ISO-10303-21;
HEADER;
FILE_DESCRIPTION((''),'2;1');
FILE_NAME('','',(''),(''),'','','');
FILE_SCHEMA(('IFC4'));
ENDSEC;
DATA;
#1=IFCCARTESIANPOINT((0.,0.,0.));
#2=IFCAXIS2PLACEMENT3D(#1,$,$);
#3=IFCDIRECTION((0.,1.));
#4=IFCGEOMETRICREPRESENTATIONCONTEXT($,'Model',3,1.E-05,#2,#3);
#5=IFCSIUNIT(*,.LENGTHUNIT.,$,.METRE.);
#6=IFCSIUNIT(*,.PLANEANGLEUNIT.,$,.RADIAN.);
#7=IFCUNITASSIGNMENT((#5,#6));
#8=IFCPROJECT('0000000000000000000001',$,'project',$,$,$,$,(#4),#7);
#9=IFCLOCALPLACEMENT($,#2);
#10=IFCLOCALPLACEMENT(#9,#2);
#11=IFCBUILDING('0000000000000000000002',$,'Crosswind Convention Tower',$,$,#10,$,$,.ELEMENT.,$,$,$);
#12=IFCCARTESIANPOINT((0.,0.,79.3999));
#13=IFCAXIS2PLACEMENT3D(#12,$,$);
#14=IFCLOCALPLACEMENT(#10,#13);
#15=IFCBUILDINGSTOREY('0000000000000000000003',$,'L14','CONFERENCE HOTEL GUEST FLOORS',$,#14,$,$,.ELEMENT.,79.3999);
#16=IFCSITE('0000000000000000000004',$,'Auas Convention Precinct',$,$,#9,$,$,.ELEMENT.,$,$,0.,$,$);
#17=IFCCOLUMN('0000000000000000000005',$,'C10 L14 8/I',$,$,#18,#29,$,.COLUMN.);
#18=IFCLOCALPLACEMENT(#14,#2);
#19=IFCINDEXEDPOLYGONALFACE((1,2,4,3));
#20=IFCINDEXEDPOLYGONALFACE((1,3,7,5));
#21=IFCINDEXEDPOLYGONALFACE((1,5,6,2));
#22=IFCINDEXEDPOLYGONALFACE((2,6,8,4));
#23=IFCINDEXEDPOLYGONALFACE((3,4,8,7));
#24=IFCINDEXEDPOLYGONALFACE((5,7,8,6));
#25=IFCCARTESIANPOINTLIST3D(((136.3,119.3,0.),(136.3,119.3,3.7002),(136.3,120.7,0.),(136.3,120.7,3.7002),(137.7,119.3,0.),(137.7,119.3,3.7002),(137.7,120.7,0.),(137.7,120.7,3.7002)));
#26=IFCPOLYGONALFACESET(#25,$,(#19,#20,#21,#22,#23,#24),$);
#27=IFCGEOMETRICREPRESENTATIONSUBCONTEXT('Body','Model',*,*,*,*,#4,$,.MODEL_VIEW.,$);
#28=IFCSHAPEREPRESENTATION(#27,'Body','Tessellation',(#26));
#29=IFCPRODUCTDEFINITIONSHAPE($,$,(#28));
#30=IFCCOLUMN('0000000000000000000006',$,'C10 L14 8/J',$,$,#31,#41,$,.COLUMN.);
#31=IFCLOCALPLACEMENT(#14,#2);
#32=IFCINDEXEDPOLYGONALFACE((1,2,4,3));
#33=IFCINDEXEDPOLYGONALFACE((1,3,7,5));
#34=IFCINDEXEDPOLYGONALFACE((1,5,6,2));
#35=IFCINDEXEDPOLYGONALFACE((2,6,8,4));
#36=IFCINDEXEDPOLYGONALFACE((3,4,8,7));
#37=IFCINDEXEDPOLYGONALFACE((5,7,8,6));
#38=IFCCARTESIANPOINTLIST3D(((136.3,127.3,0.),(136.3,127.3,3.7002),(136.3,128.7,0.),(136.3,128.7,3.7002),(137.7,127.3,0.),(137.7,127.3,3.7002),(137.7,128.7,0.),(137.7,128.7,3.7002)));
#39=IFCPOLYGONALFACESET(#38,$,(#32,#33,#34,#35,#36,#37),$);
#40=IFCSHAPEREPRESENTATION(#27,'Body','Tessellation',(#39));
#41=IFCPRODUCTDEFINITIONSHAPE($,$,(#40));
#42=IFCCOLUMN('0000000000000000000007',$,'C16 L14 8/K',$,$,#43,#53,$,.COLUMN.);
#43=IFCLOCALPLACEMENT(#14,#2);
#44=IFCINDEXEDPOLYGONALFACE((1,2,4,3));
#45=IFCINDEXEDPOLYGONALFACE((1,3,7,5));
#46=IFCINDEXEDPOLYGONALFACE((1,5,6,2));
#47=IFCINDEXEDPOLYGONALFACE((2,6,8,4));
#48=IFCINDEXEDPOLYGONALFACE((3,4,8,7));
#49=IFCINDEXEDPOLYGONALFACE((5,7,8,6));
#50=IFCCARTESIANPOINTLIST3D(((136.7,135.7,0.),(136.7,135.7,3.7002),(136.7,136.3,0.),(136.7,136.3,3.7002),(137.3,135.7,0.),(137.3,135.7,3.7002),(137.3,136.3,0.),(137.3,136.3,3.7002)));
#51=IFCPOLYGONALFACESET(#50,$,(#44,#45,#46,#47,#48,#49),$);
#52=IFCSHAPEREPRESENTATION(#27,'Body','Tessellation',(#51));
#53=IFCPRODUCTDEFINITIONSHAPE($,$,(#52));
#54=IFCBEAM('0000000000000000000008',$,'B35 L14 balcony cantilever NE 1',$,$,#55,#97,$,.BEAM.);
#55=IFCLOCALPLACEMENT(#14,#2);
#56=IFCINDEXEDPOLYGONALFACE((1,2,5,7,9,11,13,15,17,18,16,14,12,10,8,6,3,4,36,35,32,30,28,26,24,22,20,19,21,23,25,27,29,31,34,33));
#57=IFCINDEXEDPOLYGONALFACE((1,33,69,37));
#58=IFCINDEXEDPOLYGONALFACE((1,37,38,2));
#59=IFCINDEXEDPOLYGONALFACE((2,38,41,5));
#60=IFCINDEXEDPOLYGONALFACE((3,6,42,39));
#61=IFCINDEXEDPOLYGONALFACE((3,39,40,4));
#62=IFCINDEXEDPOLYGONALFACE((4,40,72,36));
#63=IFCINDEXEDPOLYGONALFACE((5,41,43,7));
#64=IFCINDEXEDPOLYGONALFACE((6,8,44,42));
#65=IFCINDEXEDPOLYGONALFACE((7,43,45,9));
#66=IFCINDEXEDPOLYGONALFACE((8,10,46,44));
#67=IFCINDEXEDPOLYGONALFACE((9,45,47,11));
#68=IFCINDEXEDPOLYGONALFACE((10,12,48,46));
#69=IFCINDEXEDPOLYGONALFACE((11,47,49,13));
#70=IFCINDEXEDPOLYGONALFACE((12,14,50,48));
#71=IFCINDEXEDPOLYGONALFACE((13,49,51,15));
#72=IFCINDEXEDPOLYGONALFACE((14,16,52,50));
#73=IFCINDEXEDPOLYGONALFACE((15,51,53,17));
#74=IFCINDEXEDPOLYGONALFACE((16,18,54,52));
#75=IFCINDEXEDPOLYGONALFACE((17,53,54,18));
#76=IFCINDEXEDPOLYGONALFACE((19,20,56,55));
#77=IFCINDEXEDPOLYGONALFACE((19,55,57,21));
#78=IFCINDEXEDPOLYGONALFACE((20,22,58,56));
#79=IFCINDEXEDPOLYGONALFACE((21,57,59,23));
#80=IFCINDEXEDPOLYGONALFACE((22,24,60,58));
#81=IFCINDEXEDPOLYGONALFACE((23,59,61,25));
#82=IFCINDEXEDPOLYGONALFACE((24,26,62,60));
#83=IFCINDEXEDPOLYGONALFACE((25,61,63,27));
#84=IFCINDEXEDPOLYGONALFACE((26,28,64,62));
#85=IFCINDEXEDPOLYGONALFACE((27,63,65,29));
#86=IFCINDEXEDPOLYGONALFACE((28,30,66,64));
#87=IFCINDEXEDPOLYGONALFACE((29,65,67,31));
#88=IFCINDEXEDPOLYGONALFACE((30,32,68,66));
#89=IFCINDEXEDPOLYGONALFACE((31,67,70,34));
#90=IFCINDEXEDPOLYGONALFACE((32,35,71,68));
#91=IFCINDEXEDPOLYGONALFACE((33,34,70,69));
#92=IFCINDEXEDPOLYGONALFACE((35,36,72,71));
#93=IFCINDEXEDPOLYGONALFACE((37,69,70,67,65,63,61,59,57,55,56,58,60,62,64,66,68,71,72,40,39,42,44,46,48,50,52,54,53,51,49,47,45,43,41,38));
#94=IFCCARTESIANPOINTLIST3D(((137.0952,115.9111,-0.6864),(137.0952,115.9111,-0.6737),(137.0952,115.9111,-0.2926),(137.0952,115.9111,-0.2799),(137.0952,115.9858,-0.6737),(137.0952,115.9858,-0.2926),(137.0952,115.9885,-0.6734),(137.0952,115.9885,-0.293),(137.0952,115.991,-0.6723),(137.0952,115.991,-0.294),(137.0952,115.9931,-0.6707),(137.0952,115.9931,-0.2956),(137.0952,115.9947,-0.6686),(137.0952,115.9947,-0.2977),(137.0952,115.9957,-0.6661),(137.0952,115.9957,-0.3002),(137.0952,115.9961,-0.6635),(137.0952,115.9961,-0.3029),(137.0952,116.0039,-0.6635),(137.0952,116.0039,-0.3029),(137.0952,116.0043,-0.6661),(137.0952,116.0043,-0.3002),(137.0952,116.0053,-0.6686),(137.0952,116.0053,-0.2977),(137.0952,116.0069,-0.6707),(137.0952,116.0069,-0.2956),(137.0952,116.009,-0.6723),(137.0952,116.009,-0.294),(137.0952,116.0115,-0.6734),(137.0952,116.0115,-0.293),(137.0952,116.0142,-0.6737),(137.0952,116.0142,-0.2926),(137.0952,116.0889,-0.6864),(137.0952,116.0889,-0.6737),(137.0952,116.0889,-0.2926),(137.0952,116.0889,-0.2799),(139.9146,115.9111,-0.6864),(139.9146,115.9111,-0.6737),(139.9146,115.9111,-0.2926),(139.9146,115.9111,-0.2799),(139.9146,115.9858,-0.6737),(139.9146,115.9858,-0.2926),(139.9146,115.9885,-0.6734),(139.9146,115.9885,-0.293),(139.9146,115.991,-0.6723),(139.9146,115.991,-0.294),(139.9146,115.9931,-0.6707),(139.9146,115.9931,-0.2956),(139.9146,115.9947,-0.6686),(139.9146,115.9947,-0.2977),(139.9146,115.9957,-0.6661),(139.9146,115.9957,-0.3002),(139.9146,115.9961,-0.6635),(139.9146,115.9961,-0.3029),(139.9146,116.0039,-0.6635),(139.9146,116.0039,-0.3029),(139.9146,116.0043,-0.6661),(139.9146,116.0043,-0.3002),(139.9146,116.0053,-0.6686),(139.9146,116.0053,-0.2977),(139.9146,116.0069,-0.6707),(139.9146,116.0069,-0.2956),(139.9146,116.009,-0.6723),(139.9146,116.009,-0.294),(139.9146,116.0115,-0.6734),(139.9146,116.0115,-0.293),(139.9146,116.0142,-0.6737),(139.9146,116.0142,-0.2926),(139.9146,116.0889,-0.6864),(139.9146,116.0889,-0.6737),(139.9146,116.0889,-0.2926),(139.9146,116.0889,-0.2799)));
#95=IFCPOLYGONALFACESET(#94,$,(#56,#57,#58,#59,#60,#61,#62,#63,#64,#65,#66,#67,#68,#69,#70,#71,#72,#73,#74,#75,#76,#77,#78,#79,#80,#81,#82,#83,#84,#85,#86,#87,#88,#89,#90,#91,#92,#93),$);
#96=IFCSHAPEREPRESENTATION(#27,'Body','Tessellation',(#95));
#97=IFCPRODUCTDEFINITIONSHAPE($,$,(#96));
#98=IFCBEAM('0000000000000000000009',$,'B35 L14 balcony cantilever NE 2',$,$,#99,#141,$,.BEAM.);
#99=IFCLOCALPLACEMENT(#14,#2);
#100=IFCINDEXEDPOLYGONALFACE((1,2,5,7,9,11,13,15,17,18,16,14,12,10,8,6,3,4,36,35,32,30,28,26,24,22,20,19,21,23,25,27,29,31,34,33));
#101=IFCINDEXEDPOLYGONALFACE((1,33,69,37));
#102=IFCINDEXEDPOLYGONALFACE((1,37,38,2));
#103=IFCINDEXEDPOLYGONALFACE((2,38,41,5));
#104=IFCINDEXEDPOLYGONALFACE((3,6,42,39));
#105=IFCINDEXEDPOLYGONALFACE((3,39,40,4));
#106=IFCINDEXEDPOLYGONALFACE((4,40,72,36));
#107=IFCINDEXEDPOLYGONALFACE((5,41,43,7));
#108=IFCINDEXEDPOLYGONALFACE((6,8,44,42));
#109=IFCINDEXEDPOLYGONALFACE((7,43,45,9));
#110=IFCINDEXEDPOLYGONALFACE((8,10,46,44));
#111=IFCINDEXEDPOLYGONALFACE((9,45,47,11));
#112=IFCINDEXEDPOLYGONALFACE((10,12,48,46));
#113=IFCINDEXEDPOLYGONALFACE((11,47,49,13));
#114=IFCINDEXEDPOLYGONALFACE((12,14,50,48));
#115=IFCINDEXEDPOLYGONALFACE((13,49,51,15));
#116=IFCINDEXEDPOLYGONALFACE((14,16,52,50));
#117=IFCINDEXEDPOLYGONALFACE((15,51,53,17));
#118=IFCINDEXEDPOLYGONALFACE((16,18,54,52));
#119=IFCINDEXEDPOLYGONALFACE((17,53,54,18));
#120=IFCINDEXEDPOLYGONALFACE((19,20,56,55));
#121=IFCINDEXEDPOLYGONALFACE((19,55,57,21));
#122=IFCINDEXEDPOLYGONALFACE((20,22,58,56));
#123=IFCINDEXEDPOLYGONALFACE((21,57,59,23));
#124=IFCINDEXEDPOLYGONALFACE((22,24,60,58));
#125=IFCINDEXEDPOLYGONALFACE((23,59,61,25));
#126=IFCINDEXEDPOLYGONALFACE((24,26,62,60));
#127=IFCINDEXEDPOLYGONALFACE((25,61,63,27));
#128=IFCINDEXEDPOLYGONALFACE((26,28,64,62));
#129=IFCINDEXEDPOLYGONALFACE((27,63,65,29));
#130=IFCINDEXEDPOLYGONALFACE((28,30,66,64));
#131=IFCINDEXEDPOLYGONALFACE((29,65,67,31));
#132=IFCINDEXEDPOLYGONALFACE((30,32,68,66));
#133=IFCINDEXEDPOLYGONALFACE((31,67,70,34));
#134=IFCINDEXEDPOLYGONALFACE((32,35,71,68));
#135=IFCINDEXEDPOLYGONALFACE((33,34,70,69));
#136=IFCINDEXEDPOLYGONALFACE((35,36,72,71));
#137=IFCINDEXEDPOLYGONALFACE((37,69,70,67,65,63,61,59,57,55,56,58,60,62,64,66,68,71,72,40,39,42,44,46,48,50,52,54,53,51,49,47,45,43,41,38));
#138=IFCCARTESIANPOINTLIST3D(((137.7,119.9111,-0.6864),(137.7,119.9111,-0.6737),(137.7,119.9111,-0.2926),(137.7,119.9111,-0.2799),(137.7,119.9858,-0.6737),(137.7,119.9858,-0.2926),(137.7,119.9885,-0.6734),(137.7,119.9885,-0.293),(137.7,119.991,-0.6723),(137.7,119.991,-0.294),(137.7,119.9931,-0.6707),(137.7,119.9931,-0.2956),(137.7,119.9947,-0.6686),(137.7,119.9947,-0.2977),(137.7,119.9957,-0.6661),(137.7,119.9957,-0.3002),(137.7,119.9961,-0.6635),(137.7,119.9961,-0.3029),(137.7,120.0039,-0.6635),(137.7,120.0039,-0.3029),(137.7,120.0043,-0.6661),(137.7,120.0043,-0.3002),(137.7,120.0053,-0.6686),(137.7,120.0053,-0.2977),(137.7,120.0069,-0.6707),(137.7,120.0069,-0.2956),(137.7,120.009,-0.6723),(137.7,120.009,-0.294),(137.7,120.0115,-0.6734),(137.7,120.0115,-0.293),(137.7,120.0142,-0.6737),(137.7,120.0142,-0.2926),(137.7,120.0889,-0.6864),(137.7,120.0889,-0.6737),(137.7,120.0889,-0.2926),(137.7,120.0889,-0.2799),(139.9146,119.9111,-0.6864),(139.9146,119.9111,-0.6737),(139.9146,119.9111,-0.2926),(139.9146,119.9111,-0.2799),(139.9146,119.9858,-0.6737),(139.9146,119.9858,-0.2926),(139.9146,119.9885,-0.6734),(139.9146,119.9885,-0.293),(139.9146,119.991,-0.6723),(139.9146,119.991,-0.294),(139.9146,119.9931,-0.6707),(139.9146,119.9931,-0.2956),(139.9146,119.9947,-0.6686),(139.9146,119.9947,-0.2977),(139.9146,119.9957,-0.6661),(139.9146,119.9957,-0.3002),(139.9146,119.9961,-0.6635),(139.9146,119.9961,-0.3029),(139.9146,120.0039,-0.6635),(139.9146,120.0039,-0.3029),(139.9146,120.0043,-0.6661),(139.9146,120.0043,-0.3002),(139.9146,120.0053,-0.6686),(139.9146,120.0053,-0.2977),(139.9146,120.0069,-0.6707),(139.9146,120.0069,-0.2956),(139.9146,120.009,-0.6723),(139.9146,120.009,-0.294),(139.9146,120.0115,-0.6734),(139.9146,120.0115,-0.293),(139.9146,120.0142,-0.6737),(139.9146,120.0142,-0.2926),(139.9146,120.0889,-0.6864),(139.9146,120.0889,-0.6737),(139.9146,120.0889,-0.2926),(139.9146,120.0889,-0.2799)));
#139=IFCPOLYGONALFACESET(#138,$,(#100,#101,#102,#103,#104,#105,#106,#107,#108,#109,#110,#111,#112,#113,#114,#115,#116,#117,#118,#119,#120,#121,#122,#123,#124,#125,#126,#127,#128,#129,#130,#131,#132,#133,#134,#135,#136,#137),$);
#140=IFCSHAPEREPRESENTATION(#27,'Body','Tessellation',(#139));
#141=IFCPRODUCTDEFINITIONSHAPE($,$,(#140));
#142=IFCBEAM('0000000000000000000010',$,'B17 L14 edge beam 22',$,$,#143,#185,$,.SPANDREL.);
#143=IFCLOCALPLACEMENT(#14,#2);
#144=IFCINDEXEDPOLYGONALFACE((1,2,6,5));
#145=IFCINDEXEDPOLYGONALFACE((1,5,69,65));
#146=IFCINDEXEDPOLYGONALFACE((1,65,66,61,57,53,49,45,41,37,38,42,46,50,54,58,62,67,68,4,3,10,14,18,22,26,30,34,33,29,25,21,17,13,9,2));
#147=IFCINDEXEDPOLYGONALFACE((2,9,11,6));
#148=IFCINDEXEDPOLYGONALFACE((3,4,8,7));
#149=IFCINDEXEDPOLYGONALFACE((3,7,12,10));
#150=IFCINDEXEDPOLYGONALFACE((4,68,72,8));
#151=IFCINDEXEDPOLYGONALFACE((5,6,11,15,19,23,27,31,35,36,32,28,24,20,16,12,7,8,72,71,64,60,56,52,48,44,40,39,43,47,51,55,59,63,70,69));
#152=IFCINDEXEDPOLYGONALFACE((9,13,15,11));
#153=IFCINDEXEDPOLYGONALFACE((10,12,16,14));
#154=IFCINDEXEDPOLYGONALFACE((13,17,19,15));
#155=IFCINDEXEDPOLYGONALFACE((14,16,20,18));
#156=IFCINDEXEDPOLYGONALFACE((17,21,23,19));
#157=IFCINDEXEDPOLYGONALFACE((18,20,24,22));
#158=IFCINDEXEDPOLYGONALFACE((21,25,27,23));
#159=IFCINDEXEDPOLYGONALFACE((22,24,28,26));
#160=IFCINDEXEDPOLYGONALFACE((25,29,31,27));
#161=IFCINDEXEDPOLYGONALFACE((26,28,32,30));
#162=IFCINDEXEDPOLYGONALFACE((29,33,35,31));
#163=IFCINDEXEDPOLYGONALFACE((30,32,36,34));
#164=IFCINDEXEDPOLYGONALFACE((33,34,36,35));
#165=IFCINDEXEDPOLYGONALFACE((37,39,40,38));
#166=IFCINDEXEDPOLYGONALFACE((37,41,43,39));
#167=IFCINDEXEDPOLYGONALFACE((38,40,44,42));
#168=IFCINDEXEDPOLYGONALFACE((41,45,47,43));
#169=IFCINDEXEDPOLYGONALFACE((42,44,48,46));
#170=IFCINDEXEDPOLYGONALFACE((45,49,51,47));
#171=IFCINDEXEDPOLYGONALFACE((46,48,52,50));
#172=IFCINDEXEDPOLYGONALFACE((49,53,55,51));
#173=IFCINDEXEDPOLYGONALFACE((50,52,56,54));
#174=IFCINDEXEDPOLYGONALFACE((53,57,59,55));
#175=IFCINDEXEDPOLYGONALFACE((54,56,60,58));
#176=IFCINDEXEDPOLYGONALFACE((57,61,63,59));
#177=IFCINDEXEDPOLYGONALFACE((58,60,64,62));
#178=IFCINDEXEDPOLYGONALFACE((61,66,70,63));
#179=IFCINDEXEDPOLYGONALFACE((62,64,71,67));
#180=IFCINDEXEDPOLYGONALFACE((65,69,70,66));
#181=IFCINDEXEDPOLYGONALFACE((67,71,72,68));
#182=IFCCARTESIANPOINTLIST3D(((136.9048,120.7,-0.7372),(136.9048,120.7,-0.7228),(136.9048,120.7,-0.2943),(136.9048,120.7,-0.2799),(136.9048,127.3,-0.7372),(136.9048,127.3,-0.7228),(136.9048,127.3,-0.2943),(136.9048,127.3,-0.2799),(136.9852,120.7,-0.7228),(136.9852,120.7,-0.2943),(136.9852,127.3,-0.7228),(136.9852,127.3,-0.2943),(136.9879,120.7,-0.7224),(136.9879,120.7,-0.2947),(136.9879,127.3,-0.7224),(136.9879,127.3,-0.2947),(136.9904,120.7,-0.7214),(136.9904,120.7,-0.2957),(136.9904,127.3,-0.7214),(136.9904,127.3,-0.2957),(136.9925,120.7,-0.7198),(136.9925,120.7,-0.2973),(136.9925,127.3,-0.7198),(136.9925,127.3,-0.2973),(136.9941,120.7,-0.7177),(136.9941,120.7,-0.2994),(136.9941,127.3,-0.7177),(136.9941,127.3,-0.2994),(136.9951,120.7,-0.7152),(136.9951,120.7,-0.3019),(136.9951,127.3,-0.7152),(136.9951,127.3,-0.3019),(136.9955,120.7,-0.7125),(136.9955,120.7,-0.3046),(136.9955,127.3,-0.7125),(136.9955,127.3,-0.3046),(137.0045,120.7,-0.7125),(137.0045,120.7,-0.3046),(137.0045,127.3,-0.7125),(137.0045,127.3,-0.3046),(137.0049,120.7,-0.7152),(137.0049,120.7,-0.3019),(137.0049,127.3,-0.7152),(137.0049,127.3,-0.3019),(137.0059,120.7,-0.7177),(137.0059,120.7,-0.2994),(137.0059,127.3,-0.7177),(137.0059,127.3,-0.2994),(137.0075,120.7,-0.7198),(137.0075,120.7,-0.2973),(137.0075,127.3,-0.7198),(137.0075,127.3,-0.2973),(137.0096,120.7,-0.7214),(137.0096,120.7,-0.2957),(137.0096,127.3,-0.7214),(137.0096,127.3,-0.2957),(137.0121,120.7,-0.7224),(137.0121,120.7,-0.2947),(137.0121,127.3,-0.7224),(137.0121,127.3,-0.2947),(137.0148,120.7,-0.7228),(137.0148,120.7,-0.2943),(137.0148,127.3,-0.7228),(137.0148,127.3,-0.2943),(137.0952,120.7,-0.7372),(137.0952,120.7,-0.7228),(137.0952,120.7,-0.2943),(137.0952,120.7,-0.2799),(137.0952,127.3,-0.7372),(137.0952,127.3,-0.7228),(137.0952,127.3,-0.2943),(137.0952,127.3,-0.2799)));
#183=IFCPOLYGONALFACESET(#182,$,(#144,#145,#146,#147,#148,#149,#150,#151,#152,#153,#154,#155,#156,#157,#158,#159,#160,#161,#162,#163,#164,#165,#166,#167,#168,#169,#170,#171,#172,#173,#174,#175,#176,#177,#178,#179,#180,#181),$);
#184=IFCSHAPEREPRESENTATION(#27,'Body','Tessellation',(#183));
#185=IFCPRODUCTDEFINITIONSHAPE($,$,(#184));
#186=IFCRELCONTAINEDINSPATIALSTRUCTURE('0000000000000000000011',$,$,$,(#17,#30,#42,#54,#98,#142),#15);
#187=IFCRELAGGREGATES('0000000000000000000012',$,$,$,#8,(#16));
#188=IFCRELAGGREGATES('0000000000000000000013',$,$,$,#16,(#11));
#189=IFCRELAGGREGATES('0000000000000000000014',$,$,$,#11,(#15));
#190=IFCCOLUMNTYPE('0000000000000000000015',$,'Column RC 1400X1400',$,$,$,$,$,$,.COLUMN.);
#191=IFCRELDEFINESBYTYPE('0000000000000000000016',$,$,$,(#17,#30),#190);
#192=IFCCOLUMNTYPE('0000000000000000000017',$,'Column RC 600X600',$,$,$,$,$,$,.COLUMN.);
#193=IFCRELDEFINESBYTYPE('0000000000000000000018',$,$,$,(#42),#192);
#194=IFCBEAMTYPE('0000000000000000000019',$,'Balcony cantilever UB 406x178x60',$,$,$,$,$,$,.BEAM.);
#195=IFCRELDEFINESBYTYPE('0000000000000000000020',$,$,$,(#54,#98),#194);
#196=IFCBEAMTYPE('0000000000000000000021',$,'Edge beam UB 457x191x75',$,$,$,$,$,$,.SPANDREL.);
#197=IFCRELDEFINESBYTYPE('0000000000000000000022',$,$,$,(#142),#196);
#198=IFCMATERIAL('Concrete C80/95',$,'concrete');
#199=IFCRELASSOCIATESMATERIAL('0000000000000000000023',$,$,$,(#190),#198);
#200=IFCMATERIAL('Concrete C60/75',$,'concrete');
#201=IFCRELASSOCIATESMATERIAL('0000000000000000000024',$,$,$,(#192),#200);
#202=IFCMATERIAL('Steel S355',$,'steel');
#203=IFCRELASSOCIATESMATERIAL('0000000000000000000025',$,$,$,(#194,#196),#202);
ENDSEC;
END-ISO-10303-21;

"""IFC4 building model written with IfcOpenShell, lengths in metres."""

from ifc_helpers import new_model, si_unit, direction, frame, origin, origin_2d, place, context, subcontext, project, spatial, rectangle, i_section, extrude, material, material_profile, profile_set, type_object, element, save


model = new_model("IFC4")

# Units and contexts
model_context = context("Model", 3, precision=1e-05, world=origin(), true_north=direction((0.0, 1.0)))
body_context = subcontext(model_context, "Body", "Model", "MODEL_VIEW")
ifc_project = project(units=[si_unit("LENGTHUNIT", "METRE"), si_unit("PLANEANGLEUNIT", "RADIAN")], contexts=[model_context])

# Site, building, storey
site_placement = place(None, origin())
site = spatial("IfcSite", under=ifc_project, at=site_placement, Name="Auas Convention Precinct", CompositionType="ELEMENT", RefElevation=0.0)
building_placement = place(site_placement, origin())
building = spatial("IfcBuilding", under=site, at=building_placement, Name="Crosswind Convention Tower", CompositionType="ELEMENT")
storey_placement = place(building_placement, frame((0.0, 0.0, 79.3999)))
storey = spatial("IfcBuildingStorey", under=building, at=storey_placement, Name="L14", Description="CONFERENCE HOTEL GUEST FLOORS", CompositionType="ELEMENT", Elevation=79.3999)

# Columns
ifc_material_1 = material(Name="Concrete C80/95", Category="concrete")
ifc_material_profile_1 = material_profile(ifc_material_1, rectangle(XDim=1.3999, YDim=1.3999, at=origin_2d()), Name="RC 1400X1400")
ifc_profile_set_1 = profile_set([ifc_material_profile_1], Name="Concrete C80/95")
column_type_1 = type_object("IfcColumnType", Name="Column RC 1400X1400", PredefinedType="COLUMN", material=ifc_profile_set_1)
for number, where, z_axis, x_axis, name in (
    (1, (137.0, 120.0, 0.0), (0.0, 0.0, 1.0), (1.0, 0.0, 0.0), "C10 L14 8/I"),
    (2, (137.0, 128.0, 0.0), (0.0, 0.0, 1.0), (1.0, 0.0, 0.0), "C10 L14 8/J"),
):
    element("IfcColumn", number, at=place(storey_placement, frame(where, z_axis=z_axis, x_axis=x_axis)), inside=storey, type_object=column_type_1, Name=name, PredefinedType="COLUMN", context=body_context, shape_type="SweptSolid", body=[
        extrude(rectangle(XDim=1.3999, YDim=1.3999, at=origin_2d()), origin(), (0.0, 0.0, 1.0), 3.7002),
    ])
ifc_material_2 = material(Name="Concrete C60/75", Category="concrete")
ifc_material_profile_2 = material_profile(ifc_material_2, rectangle(XDim=0.6001, YDim=0.6001, at=origin_2d()), Name="RC 600X600")
ifc_profile_set_2 = profile_set([ifc_material_profile_2], Name="Concrete C60/75")
column_type_2 = type_object("IfcColumnType", Name="Column RC 600X600", PredefinedType="COLUMN", material=ifc_profile_set_2)
column_placement = place(storey_placement, frame((137.0, 136.0, 0.0), z_axis=(0.0, 0.0, 1.0), x_axis=(1.0, 0.0, 0.0)))
element("IfcColumn", 3, at=column_placement, inside=storey, type_object=column_type_2, Name="C16 L14 8/K", PredefinedType="COLUMN", context=body_context, shape_type="SweptSolid", body=[
    extrude(rectangle(XDim=0.6001, YDim=0.6001, at=origin_2d()), origin(), (0.0, 0.0, 1.0), 3.7002),
])

# Beams
ifc_material_3 = material(Name="Steel S355", Category="steel")
ifc_material_profile_3 = material_profile(ifc_material_3, i_section(OverallWidth=0.1777, OverallDepth=0.4065, WebThickness=0.0078, FlangeThickness=0.0127, FilletRadius=0.0103, at=origin_2d()), Name="UB 406x178x60")
ifc_profile_set_3 = profile_set([ifc_material_profile_3], Name="Steel S355")
beam_type_1 = type_object("IfcBeamType", Name="Balcony cantilever UB 406x178x60", PredefinedType="BEAM", material=ifc_profile_set_3)
beam_1_placement = place(storey_placement, frame((137.0952, 116.0, -0.4832), z_axis=(1.0, 0.0, 0.0), x_axis=(0.0, 1.0, 0.0)))
element("IfcBeam", 4, at=beam_1_placement, inside=storey, type_object=beam_type_1, Name="B35 L14 balcony cantilever NE 1", PredefinedType="BEAM", context=body_context, shape_type="SweptSolid", body=[
    extrude(i_section(OverallWidth=0.1777, OverallDepth=0.4065, WebThickness=0.0078, FlangeThickness=0.0127, FilletRadius=0.0103, at=origin_2d()), origin(), (0.0, 0.0, 1.0), 2.8193),
])
beam_2_placement = place(storey_placement, frame((137.7, 120.0, -0.4832), z_axis=(1.0, 0.0, 0.0), x_axis=(0.0, 1.0, 0.0)))
element("IfcBeam", 5, at=beam_2_placement, inside=storey, type_object=beam_type_1, Name="B35 L14 balcony cantilever NE 2", PredefinedType="BEAM", context=body_context, shape_type="SweptSolid", body=[
    extrude(i_section(OverallWidth=0.1777, OverallDepth=0.4065, WebThickness=0.0078, FlangeThickness=0.0127, FilletRadius=0.0103, at=origin_2d()), origin(), (0.0, 0.0, 1.0), 2.2146),
])
ifc_material_profile_4 = material_profile(ifc_material_3, i_section(OverallWidth=0.1904, OverallDepth=0.4573, WebThickness=0.009, FlangeThickness=0.0144, FilletRadius=0.0103, at=origin_2d()), Name="UB 457x191x75")
ifc_profile_set_4 = profile_set([ifc_material_profile_4], Name="Steel S355")
beam_type_2 = type_object("IfcBeamType", Name="Edge beam UB 457x191x75", PredefinedType="SPANDREL", material=ifc_profile_set_4)
beam_3_placement = place(storey_placement, frame((137.0, 120.7, -0.5085), z_axis=(0.0, 1.0, 0.0), x_axis=(-1.0, 0.0, 0.0)))
element("IfcBeam", 6, at=beam_3_placement, inside=storey, type_object=beam_type_2, Name="B17 L14 edge beam 22", PredefinedType="SPANDREL", context=body_context, shape_type="SweptSolid", body=[
    extrude(i_section(OverallWidth=0.1904, OverallDepth=0.4573, WebThickness=0.009, FlangeThickness=0.0144, FilletRadius=0.0103, at=origin_2d()), origin(), (0.0, 0.0, 1.0), 6.6001),
])

save(model, "model.ifc")
